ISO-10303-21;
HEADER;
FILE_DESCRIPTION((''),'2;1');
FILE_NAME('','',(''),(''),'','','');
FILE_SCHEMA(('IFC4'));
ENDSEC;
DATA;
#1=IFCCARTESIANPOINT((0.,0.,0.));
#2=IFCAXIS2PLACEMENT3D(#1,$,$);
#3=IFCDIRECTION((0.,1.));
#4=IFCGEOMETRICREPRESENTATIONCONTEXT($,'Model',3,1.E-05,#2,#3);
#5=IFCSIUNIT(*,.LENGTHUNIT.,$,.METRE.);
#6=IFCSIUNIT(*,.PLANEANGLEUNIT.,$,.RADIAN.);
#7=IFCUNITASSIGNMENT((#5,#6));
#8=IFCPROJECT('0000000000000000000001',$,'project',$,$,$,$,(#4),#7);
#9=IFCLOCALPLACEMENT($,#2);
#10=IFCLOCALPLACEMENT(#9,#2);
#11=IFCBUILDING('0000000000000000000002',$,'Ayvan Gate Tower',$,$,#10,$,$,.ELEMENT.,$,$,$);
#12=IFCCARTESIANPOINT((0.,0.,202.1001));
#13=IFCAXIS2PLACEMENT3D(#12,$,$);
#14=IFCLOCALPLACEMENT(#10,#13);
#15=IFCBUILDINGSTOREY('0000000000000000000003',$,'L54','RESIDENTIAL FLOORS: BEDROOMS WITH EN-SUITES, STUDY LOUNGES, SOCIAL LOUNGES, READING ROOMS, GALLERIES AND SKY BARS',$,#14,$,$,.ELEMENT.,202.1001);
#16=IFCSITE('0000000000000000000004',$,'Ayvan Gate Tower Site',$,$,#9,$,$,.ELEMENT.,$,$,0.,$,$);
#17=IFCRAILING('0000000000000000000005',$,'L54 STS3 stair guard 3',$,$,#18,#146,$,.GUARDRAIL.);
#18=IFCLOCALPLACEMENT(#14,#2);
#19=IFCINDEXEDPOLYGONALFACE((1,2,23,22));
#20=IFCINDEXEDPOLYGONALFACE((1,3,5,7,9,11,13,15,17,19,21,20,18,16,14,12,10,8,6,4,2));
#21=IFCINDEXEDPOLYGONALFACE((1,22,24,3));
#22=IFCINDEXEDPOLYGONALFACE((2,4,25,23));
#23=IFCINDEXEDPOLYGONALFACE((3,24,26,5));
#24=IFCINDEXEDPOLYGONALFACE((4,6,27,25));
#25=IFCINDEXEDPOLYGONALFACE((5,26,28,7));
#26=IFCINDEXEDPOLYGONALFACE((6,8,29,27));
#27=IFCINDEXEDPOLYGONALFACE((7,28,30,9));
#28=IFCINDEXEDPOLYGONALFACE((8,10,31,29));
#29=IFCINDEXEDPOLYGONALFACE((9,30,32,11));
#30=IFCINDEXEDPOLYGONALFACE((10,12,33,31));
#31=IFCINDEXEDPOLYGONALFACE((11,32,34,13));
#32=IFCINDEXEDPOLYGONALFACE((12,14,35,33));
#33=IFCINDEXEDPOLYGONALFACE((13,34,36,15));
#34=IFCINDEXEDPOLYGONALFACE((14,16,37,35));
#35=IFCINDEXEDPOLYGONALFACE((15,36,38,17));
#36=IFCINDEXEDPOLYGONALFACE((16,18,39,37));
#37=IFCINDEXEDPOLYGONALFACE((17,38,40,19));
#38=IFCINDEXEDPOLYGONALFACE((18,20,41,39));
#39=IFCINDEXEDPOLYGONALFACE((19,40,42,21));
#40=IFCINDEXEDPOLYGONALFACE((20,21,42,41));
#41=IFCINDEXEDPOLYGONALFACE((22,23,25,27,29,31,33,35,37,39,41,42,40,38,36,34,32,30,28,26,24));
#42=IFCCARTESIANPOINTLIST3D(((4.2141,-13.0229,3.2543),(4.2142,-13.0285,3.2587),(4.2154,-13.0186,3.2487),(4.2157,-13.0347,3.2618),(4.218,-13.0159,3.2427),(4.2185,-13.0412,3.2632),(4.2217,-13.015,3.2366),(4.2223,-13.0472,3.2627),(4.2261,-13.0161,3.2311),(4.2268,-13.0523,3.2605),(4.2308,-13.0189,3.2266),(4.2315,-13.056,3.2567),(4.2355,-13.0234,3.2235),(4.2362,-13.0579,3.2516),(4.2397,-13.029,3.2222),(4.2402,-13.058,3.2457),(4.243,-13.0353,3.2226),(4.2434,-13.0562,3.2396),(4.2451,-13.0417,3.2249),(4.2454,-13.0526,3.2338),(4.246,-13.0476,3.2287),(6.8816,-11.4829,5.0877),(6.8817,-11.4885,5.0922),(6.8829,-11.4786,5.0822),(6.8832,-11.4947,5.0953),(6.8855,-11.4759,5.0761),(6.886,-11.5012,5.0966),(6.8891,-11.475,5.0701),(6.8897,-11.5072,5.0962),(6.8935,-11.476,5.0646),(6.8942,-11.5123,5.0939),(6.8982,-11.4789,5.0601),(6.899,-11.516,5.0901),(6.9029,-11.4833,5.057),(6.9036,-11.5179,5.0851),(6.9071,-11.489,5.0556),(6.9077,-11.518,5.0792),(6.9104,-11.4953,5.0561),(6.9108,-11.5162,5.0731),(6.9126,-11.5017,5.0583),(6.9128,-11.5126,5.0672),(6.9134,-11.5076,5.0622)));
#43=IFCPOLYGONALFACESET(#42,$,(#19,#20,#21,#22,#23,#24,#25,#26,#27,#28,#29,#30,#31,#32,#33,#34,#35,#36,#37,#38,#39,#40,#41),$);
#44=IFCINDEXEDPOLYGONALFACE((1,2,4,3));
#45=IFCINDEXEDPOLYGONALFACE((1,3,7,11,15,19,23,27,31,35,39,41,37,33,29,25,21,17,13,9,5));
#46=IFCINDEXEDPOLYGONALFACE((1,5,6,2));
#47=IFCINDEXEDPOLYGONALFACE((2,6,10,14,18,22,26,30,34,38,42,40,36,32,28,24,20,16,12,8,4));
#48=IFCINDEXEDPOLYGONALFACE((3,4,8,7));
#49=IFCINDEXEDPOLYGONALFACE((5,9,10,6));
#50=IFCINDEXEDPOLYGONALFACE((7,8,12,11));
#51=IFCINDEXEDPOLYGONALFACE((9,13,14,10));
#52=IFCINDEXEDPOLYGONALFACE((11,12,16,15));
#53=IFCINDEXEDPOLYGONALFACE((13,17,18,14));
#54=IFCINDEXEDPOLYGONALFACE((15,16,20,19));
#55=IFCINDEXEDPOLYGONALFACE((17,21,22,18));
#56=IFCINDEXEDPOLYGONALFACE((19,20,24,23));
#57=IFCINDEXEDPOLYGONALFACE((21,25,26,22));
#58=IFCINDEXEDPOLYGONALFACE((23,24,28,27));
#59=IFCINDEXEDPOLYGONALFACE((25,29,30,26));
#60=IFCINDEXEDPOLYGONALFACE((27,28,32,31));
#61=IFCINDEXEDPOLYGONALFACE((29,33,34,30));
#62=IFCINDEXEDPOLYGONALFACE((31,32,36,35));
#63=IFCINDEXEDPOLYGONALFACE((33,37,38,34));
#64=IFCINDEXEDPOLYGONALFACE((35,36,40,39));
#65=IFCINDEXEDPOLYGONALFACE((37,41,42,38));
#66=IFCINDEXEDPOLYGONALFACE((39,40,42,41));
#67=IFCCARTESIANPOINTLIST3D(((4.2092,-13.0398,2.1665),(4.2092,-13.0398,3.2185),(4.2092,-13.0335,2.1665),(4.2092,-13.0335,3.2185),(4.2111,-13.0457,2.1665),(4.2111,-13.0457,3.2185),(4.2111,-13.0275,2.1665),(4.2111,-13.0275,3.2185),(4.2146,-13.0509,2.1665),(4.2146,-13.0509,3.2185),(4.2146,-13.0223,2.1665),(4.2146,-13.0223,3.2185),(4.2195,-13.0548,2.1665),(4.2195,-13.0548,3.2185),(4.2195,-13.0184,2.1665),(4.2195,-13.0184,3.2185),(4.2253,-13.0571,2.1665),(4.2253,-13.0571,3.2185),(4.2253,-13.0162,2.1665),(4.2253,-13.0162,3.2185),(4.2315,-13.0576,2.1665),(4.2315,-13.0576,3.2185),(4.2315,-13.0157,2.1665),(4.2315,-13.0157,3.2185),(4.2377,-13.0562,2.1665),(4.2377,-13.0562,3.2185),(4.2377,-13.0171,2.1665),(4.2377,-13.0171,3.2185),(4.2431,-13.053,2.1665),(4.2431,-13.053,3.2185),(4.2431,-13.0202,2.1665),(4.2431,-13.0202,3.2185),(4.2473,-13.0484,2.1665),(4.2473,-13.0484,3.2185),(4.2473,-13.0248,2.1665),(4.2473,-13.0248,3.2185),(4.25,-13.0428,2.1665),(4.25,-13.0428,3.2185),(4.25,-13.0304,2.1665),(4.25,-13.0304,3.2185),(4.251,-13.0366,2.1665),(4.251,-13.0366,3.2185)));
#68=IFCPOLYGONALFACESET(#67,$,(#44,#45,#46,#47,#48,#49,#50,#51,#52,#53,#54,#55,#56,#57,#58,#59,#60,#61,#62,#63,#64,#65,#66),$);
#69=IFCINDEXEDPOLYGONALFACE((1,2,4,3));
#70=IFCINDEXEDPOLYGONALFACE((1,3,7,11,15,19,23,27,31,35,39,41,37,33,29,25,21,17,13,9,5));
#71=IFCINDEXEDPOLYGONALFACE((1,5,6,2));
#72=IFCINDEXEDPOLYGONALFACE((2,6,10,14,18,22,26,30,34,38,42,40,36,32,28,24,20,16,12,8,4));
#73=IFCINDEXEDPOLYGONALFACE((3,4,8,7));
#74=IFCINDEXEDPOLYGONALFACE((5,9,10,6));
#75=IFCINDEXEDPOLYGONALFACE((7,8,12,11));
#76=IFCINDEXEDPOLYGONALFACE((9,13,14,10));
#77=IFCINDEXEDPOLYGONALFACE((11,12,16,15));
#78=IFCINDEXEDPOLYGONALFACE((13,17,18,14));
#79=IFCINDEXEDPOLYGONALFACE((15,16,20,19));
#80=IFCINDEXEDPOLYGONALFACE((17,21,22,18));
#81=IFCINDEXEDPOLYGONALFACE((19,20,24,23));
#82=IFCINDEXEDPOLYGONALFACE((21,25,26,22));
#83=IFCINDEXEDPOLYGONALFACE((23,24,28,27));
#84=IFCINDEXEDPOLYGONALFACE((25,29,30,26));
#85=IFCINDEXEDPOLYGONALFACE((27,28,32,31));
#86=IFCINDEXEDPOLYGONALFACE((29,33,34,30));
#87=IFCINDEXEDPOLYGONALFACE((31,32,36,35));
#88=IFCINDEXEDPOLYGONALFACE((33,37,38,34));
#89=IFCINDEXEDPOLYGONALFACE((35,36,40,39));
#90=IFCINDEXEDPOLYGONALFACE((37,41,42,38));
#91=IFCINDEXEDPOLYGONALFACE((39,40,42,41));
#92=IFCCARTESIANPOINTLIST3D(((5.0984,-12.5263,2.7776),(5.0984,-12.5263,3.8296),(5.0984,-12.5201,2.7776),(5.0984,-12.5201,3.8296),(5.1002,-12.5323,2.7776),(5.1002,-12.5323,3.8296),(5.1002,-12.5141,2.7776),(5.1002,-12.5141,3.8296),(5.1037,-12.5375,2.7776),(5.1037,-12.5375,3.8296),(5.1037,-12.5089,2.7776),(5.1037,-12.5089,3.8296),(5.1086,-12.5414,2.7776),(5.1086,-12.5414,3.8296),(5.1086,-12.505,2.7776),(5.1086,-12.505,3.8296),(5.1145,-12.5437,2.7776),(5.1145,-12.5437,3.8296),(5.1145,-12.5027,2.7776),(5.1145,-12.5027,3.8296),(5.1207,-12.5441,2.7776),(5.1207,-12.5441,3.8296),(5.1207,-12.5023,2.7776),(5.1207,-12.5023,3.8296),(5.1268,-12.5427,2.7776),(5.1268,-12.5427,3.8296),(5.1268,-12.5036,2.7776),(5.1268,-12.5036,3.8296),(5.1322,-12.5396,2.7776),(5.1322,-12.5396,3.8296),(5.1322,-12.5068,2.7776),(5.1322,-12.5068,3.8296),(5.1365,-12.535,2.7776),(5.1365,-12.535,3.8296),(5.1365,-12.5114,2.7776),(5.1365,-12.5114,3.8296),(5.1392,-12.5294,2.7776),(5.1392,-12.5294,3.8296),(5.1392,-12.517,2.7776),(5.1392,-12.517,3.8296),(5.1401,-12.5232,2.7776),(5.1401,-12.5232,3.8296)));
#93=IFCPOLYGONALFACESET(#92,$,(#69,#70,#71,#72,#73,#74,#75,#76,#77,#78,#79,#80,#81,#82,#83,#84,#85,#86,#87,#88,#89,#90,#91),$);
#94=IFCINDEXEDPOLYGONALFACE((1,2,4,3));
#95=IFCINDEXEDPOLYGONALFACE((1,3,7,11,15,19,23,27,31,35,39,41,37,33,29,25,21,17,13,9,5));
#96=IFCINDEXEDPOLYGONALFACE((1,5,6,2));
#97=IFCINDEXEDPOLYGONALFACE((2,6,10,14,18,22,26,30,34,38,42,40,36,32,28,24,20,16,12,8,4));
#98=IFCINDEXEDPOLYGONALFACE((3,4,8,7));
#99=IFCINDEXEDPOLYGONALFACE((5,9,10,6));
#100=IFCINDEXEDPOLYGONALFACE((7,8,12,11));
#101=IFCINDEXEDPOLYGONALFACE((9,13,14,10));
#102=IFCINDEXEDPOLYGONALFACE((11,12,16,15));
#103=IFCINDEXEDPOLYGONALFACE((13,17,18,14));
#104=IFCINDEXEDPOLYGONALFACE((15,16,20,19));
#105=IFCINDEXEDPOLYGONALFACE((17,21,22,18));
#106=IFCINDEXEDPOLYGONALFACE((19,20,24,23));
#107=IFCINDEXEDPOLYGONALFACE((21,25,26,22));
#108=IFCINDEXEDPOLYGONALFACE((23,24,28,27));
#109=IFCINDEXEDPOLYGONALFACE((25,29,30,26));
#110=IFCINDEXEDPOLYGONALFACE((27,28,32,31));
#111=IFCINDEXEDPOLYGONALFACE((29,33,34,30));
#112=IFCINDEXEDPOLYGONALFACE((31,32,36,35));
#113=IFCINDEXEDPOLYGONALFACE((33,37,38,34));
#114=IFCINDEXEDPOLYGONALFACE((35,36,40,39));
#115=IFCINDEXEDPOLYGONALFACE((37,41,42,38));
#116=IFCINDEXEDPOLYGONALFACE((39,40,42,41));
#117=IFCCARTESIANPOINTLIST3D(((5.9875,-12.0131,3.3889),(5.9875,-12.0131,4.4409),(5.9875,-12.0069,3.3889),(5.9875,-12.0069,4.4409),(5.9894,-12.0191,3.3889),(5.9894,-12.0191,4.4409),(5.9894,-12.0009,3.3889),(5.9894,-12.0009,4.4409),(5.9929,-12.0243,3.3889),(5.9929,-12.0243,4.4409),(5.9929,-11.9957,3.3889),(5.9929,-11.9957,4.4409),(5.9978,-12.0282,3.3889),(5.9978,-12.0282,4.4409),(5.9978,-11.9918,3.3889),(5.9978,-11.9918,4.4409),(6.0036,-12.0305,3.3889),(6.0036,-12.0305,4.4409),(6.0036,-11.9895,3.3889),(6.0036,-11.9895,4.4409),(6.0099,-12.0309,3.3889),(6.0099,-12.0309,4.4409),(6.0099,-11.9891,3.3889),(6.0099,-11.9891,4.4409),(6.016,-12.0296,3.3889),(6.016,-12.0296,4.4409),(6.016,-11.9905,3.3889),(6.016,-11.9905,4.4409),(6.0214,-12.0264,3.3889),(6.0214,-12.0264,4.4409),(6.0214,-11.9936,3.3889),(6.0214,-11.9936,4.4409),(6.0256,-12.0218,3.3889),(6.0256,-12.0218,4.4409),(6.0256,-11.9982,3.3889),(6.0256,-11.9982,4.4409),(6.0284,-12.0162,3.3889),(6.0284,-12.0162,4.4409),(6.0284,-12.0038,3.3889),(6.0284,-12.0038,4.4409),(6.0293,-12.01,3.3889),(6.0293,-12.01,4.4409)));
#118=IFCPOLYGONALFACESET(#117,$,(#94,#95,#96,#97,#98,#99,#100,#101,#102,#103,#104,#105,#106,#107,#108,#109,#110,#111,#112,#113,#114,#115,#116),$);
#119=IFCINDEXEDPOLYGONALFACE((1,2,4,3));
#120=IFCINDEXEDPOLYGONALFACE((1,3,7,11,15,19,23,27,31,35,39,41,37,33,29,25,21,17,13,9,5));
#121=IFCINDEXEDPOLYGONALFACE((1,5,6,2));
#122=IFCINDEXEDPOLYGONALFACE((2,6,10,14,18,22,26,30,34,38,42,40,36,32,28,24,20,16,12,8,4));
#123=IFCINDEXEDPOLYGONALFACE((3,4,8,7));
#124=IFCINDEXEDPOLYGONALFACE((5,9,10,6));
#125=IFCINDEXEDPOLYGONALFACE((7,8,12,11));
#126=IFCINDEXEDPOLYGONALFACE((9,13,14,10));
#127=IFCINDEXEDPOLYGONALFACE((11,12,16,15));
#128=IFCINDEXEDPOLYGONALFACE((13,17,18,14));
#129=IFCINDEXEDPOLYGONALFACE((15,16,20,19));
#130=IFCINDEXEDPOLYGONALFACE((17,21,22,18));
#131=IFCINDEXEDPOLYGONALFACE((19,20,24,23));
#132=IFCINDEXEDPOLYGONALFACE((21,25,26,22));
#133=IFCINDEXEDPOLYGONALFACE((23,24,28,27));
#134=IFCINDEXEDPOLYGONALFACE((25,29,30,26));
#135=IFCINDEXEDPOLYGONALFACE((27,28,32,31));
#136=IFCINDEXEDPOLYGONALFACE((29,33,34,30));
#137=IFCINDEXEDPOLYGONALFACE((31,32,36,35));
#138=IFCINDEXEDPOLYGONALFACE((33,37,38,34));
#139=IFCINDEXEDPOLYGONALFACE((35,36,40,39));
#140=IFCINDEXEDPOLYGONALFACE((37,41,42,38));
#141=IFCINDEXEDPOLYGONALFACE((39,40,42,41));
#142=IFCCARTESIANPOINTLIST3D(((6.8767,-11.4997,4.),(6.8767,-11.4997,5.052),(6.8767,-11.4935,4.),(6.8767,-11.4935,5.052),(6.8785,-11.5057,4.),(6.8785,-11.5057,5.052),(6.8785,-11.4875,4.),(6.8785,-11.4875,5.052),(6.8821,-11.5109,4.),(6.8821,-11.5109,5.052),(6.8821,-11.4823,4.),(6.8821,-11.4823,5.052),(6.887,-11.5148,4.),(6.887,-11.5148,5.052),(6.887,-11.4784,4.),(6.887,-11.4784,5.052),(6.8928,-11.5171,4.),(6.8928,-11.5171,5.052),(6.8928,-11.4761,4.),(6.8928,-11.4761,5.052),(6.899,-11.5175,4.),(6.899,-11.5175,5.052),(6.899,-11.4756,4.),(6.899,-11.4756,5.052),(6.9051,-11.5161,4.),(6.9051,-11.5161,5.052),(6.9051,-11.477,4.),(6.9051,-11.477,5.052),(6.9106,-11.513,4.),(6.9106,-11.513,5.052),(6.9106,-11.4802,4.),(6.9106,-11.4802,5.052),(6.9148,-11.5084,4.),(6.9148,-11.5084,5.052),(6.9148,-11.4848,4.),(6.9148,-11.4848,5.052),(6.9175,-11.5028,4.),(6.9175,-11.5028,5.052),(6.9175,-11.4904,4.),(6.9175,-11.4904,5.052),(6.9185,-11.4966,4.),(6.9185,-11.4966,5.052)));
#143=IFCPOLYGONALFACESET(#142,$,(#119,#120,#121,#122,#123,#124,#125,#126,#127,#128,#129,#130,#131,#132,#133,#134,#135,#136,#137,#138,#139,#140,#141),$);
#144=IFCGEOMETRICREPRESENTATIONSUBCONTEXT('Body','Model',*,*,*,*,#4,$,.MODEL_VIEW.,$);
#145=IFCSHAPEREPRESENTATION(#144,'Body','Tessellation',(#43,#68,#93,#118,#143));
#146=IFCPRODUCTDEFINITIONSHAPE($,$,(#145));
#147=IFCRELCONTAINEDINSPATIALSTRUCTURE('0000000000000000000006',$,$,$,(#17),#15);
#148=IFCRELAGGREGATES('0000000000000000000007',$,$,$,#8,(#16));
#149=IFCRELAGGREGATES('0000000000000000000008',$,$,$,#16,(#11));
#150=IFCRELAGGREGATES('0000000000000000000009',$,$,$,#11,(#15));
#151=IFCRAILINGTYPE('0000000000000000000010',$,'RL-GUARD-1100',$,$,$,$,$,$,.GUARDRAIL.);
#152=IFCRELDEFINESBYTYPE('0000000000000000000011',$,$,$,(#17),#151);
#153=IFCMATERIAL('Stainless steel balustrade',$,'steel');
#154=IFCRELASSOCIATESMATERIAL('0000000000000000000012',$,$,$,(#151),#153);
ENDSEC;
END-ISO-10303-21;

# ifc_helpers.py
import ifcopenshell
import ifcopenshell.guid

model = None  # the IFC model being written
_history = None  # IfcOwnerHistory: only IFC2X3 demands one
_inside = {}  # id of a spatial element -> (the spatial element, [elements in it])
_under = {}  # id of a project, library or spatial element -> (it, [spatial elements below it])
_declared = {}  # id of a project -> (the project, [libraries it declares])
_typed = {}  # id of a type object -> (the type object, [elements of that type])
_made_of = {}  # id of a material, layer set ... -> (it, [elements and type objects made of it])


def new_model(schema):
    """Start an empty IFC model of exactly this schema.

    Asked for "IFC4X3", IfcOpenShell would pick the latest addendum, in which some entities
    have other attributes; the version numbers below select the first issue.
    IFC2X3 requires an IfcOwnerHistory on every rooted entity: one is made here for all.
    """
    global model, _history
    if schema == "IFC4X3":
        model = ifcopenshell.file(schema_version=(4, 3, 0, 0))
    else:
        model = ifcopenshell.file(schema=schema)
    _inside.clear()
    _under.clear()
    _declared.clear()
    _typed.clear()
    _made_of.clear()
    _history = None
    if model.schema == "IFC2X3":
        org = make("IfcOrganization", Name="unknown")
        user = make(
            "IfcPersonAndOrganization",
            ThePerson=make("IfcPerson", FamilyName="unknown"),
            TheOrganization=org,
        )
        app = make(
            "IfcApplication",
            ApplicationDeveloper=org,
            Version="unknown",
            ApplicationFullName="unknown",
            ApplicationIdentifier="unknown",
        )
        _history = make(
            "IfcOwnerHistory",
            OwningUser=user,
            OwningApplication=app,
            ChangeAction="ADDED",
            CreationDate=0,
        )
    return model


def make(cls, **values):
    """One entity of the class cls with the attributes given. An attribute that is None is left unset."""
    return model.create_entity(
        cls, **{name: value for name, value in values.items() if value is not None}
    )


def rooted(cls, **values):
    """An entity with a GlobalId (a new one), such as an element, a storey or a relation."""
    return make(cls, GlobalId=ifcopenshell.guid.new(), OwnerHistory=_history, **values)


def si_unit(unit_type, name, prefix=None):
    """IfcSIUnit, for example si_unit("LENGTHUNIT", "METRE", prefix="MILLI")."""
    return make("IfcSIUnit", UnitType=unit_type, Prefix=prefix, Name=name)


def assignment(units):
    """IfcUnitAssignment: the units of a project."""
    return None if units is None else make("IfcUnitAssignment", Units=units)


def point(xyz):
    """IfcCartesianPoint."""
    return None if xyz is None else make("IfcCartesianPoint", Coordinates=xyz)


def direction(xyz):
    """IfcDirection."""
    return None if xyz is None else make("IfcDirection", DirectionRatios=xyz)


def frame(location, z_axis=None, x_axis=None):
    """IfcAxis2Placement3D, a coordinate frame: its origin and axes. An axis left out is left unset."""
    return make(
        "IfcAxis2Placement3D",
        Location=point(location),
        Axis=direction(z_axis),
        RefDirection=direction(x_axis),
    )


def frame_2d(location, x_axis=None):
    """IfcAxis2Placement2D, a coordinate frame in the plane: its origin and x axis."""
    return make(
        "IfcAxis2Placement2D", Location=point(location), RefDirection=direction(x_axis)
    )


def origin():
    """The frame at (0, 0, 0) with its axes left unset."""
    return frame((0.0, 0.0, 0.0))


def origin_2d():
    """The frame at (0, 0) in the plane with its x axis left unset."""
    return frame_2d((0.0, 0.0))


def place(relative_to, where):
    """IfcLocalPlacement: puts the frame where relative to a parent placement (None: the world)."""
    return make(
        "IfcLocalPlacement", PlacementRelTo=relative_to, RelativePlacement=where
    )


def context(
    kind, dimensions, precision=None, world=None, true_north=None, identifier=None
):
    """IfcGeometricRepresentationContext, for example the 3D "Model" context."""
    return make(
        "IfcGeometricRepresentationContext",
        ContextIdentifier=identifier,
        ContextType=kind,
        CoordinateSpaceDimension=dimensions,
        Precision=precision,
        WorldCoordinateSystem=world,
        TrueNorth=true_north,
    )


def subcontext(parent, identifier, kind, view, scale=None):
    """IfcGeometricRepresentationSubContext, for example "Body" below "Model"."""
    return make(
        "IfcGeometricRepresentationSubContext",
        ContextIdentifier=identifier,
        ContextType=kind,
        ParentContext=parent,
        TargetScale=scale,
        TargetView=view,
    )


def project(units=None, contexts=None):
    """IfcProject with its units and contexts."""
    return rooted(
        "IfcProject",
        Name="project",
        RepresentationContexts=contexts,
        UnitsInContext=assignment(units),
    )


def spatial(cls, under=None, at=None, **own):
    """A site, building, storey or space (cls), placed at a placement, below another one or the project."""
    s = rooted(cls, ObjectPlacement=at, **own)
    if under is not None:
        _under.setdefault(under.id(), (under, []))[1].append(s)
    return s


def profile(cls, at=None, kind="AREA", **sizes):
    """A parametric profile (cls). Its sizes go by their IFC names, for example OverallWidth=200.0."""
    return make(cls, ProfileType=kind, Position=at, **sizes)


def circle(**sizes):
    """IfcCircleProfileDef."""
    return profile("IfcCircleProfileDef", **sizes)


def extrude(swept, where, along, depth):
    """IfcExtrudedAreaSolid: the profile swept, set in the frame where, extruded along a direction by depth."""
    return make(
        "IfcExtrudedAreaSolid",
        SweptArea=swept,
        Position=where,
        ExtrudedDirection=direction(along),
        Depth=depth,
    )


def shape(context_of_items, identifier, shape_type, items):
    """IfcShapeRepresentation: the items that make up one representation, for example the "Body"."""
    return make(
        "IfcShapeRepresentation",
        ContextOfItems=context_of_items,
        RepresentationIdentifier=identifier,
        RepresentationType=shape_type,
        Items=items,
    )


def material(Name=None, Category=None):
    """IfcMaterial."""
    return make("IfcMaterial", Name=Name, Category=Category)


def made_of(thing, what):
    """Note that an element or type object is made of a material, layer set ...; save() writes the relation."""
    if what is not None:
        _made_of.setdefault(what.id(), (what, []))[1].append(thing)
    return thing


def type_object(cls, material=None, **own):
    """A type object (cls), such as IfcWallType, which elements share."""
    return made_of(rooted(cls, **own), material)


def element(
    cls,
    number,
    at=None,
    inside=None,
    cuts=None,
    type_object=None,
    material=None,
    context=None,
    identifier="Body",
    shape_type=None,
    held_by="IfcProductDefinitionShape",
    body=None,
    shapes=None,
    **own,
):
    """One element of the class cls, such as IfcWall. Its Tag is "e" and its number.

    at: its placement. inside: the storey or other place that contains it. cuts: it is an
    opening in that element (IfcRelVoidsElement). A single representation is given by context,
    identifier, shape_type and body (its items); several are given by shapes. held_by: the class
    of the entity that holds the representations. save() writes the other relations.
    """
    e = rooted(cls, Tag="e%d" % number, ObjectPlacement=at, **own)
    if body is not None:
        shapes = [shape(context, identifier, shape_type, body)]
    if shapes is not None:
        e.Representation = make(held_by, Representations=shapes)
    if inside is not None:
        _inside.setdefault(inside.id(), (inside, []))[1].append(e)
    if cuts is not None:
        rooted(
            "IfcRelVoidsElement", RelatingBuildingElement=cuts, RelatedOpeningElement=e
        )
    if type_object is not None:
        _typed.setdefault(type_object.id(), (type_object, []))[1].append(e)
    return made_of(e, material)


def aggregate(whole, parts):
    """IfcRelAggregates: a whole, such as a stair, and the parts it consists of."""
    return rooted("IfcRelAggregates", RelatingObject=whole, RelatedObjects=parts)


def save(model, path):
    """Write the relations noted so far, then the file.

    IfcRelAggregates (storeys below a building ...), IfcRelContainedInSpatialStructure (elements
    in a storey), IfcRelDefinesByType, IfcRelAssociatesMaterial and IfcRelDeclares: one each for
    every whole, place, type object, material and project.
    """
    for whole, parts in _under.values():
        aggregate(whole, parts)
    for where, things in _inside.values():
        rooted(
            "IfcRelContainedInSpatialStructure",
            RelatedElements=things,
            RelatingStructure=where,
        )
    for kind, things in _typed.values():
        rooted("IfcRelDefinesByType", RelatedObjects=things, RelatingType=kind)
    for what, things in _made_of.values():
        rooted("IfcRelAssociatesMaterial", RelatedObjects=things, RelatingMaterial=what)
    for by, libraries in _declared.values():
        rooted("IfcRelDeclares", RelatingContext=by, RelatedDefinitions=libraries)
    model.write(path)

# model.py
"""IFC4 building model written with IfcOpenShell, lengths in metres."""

from ifc_helpers import new_model, si_unit, direction, frame, origin, origin_2d, place, context, subcontext, project, spatial, circle, extrude, material, type_object, element, save


model = new_model("IFC4")

# Units and contexts
model_context = context("Model", 3, precision=1e-05, world=origin(), true_north=direction((0.0, 1.0)))
body_context = subcontext(model_context, "Body", "Model", "MODEL_VIEW")
ifc_project = project(units=[si_unit("LENGTHUNIT", "METRE"), si_unit("PLANEANGLEUNIT", "RADIAN")], contexts=[model_context])

# Site, building, storey
site_placement = place(None, origin())
site = spatial("IfcSite", under=ifc_project, at=site_placement, Name="Ayvan Gate Tower Site", CompositionType="ELEMENT", RefElevation=0.0)
building_placement = place(site_placement, origin())
building = spatial("IfcBuilding", under=site, at=building_placement, Name="Ayvan Gate Tower", CompositionType="ELEMENT")
storey_placement = place(building_placement, frame((0.0, 0.0, 202.1001)))
storey = spatial("IfcBuildingStorey", under=building, at=storey_placement, Name="L54", Description="RESIDENTIAL FLOORS: BEDROOMS WITH EN-SUITES, STUDY LOUNGES, SOCIAL LOUNGES, READING ROOMS, GALLERIES AND SKY BARS", CompositionType="ELEMENT", Elevation=202.1001)

# Railing
ifc_material_1 = material(Name="Stainless steel balustrade", Category="steel")
railing_type_1 = type_object("IfcRailingType", Name="RL-GUARD-1100", PredefinedType="GUARDRAIL", material=ifc_material_1)
railing_1_placement = place(storey_placement, frame((4.23, -13.0366, 2.1665)))
element("IfcRailing", 1, at=railing_1_placement, inside=storey, type_object=railing_type_1, Name="L54 STS3 stair guard 3", PredefinedType="GUARDRAIL", context=body_context, shape_type="SweptSolid", body=[
    extrude(circle(Radius=0.0239, at=origin_2d()), frame((0.0, 0.0, 1.0762), z_axis=(0.744164, 0.429634, 0.511502), x_axis=(-0.499992, 0.86603, 0.0)), (0.0, 0.0, 1.0), 3.5845),
    extrude(circle(Radius=0.021, at=origin_2d()), origin(), (0.0, 0.0, 1.0), 1.052),
    extrude(circle(Radius=0.021, at=origin_2d()), frame((0.8892, 0.5134, 0.6111)), (0.0, 0.0, 1.0), 1.052),
    extrude(circle(Radius=0.021, at=origin_2d()), frame((1.7783, 1.0266, 1.2224)), (0.0, 0.0, 1.0), 1.052),
    extrude(circle(Radius=0.021, at=origin_2d()), frame((2.6675, 1.54, 1.8335)), (0.0, 0.0, 1.0), 1.052),
])

save(model, "model.ifc")
